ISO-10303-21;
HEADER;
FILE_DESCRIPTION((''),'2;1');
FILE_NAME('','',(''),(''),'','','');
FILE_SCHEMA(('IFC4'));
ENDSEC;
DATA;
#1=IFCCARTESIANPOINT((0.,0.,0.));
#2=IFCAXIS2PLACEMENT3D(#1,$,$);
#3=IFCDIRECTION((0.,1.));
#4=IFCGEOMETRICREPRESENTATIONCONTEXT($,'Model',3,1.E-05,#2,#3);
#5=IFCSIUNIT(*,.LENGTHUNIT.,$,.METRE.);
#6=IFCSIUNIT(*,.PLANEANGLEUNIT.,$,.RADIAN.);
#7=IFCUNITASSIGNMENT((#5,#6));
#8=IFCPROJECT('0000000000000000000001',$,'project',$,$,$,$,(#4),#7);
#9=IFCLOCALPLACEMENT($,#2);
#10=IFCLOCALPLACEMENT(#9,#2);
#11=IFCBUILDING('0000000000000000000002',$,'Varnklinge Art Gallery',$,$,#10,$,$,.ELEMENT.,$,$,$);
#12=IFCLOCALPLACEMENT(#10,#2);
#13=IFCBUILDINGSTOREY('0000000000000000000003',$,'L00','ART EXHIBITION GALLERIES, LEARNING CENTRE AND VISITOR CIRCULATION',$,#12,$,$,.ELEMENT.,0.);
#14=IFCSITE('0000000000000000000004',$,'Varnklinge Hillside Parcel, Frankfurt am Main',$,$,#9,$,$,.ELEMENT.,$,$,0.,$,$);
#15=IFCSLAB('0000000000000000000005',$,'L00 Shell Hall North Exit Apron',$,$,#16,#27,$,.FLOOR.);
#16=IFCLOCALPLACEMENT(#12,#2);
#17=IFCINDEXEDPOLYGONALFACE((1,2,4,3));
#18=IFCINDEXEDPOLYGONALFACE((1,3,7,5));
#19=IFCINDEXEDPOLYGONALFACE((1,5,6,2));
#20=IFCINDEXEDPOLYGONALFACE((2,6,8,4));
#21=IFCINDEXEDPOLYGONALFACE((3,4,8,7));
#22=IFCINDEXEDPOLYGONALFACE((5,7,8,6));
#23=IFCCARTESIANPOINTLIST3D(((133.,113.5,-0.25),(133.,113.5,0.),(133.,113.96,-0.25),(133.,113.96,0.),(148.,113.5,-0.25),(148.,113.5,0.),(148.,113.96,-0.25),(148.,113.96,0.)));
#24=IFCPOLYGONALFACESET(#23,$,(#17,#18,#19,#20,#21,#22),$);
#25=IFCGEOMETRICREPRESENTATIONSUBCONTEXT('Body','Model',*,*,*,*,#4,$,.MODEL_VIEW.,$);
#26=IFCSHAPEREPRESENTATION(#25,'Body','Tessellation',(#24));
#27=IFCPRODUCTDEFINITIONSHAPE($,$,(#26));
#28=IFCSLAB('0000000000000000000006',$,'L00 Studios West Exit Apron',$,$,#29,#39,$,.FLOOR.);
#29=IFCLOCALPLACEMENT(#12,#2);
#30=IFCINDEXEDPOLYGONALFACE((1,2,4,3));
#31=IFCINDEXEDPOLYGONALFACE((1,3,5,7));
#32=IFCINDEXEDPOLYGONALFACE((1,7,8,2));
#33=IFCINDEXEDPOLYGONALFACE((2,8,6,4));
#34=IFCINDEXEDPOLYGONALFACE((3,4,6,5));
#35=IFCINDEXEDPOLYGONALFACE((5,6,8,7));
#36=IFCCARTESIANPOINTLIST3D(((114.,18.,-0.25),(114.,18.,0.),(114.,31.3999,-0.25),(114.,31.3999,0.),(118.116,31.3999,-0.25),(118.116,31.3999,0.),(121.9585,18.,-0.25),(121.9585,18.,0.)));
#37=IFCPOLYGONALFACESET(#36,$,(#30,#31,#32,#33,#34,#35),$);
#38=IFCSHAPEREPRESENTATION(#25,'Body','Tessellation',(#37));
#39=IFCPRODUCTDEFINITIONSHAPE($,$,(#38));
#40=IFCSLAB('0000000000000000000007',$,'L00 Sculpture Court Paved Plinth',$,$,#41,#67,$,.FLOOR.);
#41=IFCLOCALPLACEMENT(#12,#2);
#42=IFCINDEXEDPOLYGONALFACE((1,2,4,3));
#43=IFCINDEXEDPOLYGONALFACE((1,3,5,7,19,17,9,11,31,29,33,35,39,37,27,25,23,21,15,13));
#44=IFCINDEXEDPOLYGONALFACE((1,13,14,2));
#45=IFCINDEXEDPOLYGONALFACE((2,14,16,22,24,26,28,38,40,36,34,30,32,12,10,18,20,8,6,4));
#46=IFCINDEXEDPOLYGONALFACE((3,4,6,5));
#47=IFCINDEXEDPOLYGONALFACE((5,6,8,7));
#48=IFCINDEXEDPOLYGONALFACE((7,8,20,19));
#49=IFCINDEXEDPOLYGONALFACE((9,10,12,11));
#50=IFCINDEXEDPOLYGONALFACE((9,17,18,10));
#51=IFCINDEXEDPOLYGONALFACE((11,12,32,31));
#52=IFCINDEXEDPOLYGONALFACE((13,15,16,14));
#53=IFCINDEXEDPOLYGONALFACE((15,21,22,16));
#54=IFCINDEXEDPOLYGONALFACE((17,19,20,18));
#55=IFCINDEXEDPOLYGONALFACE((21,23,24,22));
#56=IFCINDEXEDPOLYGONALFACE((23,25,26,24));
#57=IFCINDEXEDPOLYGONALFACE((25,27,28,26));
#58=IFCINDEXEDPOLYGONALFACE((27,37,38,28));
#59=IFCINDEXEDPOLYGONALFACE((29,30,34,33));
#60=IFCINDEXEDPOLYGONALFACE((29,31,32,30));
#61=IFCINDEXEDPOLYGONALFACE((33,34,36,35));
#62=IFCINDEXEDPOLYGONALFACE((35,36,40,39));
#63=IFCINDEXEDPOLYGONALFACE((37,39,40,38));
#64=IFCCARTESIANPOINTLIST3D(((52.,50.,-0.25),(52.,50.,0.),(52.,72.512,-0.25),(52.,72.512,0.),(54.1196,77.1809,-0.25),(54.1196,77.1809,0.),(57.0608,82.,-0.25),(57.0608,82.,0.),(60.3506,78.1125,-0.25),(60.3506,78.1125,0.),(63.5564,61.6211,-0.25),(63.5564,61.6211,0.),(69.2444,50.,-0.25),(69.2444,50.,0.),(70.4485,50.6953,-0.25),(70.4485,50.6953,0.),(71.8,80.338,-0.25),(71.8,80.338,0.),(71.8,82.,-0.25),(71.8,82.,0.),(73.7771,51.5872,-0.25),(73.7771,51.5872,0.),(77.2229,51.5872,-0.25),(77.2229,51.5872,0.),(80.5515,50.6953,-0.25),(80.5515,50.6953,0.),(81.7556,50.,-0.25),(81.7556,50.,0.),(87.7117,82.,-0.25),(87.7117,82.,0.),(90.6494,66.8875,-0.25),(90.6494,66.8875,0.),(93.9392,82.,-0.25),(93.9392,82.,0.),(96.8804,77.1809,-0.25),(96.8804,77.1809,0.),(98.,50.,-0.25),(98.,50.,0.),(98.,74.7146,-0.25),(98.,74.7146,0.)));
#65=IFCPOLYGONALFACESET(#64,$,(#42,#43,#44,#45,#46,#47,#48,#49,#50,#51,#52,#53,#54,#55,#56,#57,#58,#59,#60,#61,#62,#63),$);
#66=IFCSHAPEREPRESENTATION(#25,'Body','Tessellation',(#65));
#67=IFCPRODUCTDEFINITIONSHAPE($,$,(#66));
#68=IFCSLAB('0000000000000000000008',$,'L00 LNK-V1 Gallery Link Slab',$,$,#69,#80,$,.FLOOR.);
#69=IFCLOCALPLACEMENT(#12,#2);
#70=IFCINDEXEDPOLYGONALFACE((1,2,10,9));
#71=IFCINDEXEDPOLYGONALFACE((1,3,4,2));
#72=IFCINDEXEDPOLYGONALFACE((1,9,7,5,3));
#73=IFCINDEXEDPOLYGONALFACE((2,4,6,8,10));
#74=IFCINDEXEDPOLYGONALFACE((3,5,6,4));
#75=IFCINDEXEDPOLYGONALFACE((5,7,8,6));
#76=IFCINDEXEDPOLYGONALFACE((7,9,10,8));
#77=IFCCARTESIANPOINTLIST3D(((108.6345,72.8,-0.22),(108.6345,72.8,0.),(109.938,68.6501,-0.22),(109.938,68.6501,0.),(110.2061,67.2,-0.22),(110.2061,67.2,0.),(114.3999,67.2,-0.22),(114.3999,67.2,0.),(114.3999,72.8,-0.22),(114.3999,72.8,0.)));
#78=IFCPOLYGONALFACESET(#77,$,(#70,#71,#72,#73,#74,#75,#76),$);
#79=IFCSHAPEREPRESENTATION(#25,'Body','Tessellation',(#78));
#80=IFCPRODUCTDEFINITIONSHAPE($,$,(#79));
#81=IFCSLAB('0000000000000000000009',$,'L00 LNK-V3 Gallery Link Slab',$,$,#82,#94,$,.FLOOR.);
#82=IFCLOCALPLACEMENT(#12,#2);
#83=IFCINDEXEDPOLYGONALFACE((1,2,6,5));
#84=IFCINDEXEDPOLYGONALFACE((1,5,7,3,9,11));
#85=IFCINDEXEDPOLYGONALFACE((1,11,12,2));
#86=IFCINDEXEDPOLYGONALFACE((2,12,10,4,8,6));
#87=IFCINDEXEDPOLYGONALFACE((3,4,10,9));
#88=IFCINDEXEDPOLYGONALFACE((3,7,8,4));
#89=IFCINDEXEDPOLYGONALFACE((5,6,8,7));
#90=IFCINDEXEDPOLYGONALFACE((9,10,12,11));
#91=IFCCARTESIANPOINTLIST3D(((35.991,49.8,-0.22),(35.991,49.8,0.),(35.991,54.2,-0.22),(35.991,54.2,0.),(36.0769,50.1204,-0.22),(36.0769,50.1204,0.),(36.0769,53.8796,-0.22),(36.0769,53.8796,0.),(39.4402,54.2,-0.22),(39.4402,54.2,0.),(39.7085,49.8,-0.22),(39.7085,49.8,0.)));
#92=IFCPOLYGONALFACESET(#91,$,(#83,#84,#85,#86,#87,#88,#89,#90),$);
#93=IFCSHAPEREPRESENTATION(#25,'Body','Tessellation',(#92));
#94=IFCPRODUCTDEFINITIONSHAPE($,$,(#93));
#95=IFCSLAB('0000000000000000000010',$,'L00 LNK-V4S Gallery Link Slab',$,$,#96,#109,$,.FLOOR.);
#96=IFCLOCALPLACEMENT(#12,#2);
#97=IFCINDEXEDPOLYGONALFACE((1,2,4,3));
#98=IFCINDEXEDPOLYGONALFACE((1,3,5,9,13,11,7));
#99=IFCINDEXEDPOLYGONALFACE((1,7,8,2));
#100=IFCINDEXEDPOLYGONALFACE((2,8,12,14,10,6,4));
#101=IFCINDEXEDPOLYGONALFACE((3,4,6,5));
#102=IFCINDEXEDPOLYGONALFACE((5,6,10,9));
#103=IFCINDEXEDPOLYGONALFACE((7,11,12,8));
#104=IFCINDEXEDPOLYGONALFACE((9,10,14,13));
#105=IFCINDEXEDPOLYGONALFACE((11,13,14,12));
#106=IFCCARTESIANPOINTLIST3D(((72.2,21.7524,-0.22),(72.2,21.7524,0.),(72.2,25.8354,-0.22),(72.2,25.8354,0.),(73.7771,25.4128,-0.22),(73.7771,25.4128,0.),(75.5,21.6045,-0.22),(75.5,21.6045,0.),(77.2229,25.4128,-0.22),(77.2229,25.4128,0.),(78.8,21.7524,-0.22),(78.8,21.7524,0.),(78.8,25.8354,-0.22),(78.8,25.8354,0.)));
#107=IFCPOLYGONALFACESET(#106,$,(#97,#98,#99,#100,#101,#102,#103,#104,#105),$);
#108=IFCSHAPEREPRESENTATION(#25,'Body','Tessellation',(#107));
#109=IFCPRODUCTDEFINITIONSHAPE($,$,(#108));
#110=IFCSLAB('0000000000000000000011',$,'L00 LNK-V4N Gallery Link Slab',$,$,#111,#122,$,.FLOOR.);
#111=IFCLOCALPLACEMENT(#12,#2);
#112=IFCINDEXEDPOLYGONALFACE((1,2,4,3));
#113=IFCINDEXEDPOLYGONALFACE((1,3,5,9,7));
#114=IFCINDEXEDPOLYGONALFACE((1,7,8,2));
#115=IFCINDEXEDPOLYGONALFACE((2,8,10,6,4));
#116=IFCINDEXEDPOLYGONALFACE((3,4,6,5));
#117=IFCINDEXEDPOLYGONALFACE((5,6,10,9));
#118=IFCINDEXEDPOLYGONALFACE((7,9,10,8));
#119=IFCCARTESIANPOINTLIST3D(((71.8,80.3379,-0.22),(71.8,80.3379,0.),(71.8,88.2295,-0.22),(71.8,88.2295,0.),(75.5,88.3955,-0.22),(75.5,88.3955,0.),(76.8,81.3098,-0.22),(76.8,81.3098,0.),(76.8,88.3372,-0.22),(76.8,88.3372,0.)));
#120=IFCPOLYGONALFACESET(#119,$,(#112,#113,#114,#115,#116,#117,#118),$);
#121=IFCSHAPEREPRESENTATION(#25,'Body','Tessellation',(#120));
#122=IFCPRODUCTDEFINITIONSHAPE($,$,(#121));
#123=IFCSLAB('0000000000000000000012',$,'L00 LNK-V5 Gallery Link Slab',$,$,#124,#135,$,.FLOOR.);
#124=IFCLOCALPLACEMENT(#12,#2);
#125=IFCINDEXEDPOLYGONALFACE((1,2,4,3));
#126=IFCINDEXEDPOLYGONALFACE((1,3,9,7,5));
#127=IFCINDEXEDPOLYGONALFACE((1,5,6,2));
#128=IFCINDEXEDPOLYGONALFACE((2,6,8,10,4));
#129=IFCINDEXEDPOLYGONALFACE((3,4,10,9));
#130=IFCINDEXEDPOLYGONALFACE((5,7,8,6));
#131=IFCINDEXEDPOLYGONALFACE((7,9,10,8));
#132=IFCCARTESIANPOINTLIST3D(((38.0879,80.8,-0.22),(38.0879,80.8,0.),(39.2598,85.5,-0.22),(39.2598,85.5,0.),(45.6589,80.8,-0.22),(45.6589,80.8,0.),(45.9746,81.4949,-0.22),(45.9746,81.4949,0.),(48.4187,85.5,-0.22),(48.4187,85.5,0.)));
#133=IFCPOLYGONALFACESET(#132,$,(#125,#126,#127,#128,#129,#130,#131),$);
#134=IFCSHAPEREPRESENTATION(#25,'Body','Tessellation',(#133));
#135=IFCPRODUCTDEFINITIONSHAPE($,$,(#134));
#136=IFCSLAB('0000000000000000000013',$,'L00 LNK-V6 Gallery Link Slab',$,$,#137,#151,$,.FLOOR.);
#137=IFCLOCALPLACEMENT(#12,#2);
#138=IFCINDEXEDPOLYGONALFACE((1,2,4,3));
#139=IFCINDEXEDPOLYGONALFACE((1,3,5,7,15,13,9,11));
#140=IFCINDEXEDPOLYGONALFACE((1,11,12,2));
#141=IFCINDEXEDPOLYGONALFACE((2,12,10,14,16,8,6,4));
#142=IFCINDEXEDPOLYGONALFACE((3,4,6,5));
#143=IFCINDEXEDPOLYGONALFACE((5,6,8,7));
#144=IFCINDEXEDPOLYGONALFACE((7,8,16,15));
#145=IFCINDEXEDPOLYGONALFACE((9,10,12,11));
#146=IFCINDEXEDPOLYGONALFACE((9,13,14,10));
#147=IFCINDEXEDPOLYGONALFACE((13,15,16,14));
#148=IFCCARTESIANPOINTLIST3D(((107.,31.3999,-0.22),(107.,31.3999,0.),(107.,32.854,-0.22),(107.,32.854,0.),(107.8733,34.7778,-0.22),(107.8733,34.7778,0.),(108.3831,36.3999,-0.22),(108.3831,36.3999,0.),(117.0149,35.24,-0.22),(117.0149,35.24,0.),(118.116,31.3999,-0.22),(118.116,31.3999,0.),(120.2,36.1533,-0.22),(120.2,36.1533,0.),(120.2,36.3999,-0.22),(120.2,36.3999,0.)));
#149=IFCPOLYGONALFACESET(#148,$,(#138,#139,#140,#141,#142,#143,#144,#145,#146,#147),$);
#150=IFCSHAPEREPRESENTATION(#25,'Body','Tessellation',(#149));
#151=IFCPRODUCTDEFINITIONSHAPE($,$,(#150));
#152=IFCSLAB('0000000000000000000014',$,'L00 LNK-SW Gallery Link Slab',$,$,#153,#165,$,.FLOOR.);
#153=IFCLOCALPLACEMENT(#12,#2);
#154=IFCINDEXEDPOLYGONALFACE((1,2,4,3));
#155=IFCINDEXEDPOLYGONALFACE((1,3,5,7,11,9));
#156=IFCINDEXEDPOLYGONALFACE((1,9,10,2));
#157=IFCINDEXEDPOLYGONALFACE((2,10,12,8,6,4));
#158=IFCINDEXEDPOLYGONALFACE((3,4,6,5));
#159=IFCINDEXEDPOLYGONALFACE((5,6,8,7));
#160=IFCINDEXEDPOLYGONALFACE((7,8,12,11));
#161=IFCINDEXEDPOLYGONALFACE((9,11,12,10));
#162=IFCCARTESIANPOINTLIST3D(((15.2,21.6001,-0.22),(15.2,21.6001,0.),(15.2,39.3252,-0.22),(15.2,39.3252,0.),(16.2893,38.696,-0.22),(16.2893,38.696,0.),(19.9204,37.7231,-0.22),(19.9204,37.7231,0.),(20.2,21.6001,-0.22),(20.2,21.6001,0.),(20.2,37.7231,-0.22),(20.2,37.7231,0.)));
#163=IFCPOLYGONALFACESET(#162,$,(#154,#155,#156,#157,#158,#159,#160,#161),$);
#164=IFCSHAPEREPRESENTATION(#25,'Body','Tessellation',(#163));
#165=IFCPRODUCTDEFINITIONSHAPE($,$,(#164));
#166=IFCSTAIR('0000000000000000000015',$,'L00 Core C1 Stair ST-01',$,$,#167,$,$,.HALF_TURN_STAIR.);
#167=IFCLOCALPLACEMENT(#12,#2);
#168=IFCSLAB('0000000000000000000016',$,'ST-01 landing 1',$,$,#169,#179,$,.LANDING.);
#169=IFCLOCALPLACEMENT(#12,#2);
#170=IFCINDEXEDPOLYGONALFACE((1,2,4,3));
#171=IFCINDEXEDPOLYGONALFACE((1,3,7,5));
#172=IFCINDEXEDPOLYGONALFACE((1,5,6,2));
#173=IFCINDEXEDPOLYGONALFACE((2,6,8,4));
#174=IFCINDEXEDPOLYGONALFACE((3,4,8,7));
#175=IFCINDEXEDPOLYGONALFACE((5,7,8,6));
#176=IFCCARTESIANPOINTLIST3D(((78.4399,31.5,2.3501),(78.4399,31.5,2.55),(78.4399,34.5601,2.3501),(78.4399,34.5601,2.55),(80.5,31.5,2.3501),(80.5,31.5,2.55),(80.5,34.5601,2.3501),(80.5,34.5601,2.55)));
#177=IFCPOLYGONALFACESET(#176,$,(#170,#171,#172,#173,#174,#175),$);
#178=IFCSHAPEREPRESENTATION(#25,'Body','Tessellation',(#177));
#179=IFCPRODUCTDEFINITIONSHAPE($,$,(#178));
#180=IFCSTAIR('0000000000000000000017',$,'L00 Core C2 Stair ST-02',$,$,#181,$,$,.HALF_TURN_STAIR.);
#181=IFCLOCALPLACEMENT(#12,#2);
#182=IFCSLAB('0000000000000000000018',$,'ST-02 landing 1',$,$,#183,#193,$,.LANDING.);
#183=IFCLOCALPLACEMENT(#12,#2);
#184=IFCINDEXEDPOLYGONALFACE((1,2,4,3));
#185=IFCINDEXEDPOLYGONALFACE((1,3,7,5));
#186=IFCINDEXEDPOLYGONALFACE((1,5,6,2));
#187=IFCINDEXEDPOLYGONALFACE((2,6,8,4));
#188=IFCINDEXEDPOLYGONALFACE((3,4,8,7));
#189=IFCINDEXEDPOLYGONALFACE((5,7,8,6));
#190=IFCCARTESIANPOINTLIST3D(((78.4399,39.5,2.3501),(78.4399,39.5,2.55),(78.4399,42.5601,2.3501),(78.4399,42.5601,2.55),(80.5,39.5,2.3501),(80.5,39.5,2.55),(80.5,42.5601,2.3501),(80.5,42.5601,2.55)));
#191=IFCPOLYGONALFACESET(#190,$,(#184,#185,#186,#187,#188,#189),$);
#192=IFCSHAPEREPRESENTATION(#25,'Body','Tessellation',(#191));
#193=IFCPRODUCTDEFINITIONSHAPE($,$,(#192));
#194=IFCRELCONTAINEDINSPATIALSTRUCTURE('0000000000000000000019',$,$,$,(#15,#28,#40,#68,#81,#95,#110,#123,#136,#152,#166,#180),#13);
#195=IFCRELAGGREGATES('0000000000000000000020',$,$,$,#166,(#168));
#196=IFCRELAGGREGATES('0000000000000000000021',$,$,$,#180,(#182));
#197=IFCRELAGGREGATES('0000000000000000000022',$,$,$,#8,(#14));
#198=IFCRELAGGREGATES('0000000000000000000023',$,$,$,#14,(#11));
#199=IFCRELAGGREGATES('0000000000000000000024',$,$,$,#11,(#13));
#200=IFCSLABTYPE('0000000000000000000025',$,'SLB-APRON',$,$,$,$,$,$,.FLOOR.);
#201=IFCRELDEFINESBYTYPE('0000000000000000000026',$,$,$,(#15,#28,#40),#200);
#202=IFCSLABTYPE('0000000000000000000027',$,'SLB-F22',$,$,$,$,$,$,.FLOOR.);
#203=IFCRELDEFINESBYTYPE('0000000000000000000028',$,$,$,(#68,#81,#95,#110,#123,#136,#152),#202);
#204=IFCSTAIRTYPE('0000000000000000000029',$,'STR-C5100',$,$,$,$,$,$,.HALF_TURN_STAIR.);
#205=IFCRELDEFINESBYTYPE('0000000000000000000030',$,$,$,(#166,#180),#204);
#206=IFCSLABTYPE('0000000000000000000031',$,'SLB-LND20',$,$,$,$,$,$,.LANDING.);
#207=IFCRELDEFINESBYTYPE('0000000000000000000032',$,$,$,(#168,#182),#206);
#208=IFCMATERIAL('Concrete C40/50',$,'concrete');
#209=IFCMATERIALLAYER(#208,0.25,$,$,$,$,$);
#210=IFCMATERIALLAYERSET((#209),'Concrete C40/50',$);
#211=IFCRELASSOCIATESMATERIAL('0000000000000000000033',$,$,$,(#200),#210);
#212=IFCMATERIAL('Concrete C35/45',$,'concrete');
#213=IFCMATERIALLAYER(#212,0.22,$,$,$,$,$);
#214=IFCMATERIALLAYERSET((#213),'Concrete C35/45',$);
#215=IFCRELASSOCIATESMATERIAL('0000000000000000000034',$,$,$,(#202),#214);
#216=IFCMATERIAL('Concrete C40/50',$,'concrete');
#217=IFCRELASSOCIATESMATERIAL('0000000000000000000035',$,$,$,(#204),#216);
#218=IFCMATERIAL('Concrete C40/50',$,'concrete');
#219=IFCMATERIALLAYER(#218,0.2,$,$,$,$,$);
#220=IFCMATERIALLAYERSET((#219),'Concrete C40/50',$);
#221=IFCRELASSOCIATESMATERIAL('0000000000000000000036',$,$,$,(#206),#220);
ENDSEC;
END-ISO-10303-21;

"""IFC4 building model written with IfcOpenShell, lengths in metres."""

from ifc_helpers import new_model, si_unit, direction, frame, origin, place, context, subcontext, project, spatial, polyline, outline, extrude, material, layer, layer_set, type_object, element, aggregate, save


model = new_model("IFC4")

# Units and contexts
model_context = context("Model", 3, precision=1e-05, world=origin(), true_north=direction((0.0, 1.0)))
body_context = subcontext(model_context, "Body", "Model", "MODEL_VIEW")
ifc_project = project(units=[si_unit("LENGTHUNIT", "METRE"), si_unit("PLANEANGLEUNIT", "RADIAN")], contexts=[model_context])

# Site, building, storey
site_placement = place(None, origin())
site = spatial("IfcSite", under=ifc_project, at=site_placement, Name="Varnklinge Hillside Parcel, Frankfurt am Main", CompositionType="ELEMENT", RefElevation=0.0)
building_placement = place(site_placement, origin())
building = spatial("IfcBuilding", under=site, at=building_placement, Name="Varnklinge Art Gallery", CompositionType="ELEMENT")
storey_placement = place(building_placement, origin())
storey = spatial("IfcBuildingStorey", under=building, at=storey_placement, Name="L00", Description="ART EXHIBITION GALLERIES, LEARNING CENTRE AND VISITOR CIRCULATION", CompositionType="ELEMENT", Elevation=0.0)

# Slabs
ifc_material_1 = material(Name="Concrete C40/50", Category="concrete")
ifc_layer_1 = layer(ifc_material_1, 0.25)
ifc_layer_set_1 = layer_set([ifc_layer_1], Name="Concrete C40/50")
slab_type_1 = type_object("IfcSlabType", Name="SLB-APRON", PredefinedType="FLOOR", material=ifc_layer_set_1)
slab_1_placement = place(storey_placement, frame((0.0, 0.0, -0.25)))
element("IfcSlab", 1, at=slab_1_placement, inside=storey, type_object=slab_type_1, Name="L00 Shell Hall North Exit Apron", PredefinedType="FLOOR", context=body_context, shape_type="SweptSolid", body=[
    extrude(outline(polyline([(148.0, 113.96), (133.0, 113.96), (133.0, 113.5), (148.0, 113.5), (148.0, 113.96)])), origin(), (0.0, 0.0, 1.0), 0.25),
])
slab_2_placement = place(storey_placement, frame((0.0, 0.0, -0.25)))
element("IfcSlab", 2, at=slab_2_placement, inside=storey, type_object=slab_type_1, Name="L00 Studios West Exit Apron", PredefinedType="FLOOR", context=body_context, shape_type="SweptSolid", body=[
    extrude(outline(polyline([(114.0, 18.0), (121.9585, 18.0), (118.116, 31.3999), (114.0, 31.3999), (114.0, 18.0)])), origin(), (0.0, 0.0, 1.0), 0.25),
])
slab_3_placement = place(storey_placement, frame((0.0, 0.0, -0.25)))
element("IfcSlab", 3, at=slab_3_placement, inside=storey, type_object=slab_type_1, Name="L00 Sculpture Court Paved Plinth", PredefinedType="FLOOR", context=body_context, shape_type="SweptSolid", body=[
    extrude(outline(polyline([(52.0, 50.0), (69.2444, 50.0), (70.4485, 50.6953), (73.7771, 51.5872), (77.2229, 51.5872), (80.5515, 50.6953), (81.7556, 50.0), (98.0, 50.0), (98.0, 74.7146), (96.8804, 77.1809), (93.9392, 82.0), (87.7117, 82.0), (90.6494, 66.8875), (63.5564, 61.6211), (60.3506, 78.1125), (80.3503, 82.0), (76.8, 82.0), (76.8, 81.3098), (71.8, 80.3379), (71.8, 82.0), (57.0608, 82.0), (54.1196, 77.1809), (52.0, 72.512), (52.0, 50.0)])), origin(), (0.0, 0.0, 1.0), 0.25),
])
ifc_material_2 = material(Name="Concrete C35/45", Category="concrete")
ifc_layer_2 = layer(ifc_material_2, 0.22)
ifc_layer_set_2 = layer_set([ifc_layer_2], Name="Concrete C35/45")
slab_type_2 = type_object("IfcSlabType", Name="SLB-F22", PredefinedType="FLOOR", material=ifc_layer_set_2)
slab_4_placement = place(storey_placement, frame((0.0, 0.0, -0.22)))
element("IfcSlab", 4, at=slab_4_placement, inside=storey, type_object=slab_type_2, Name="L00 LNK-V1 Gallery Link Slab", PredefinedType="FLOOR", context=body_context, shape_type="SweptSolid", body=[
    extrude(outline(polyline([(114.3999, 67.2), (114.3999, 72.8), (108.6345, 72.8), (109.938, 68.6501), (110.2061, 67.2), (114.3999, 67.2)])), origin(), (0.0, 0.0, 1.0), 0.22),
])
slab_5_placement = place(storey_placement, frame((0.0, 0.0, -0.22)))
element("IfcSlab", 5, at=slab_5_placement, inside=storey, type_object=slab_type_2, Name="L00 LNK-V3 Gallery Link Slab", PredefinedType="FLOOR", context=body_context, shape_type="SweptSolid", body=[
    extrude(outline(polyline([(39.7085, 49.8), (39.4402, 54.2), (35.991, 54.2), (36.0769, 53.8796), (36.0769, 50.1204), (35.991, 49.8), (39.7085, 49.8)])), origin(), (0.0, 0.0, 1.0), 0.22),
])
slab_6_placement = place(storey_placement, frame((0.0, 0.0, -0.22)))
element("IfcSlab", 6, at=slab_6_placement, inside=storey, type_object=slab_type_2, Name="L00 LNK-V4S Gallery Link Slab", PredefinedType="FLOOR", context=body_context, shape_type="SweptSolid", body=[
    extrude(outline(polyline([(78.8, 21.7524), (78.8, 25.8354), (77.2229, 25.4128), (73.7771, 25.4128), (72.2, 25.8354), (72.2, 21.7524), (75.5, 21.6045), (78.8, 21.7524)])), origin(), (0.0, 0.0, 1.0), 0.22),
])
slab_7_placement = place(storey_placement, frame((0.0, 0.0, -0.22)))
element("IfcSlab", 7, at=slab_7_placement, inside=storey, type_object=slab_type_2, Name="L00 LNK-V4N Gallery Link Slab", PredefinedType="FLOOR", context=body_context, shape_type="SweptSolid", body=[
    extrude(outline(polyline([(71.8, 88.2295), (71.8, 80.3379), (76.8, 81.3098), (76.8, 88.3372), (75.5, 88.3955), (71.8, 88.2295)])), origin(), (0.0, 0.0, 1.0), 0.22),
])
slab_8_placement = place(storey_placement, frame((0.0, 0.0, -0.22)))
element("IfcSlab", 8, at=slab_8_placement, inside=storey, type_object=slab_type_2, Name="L00 LNK-V5 Gallery Link Slab", PredefinedType="FLOOR", context=body_context, shape_type="SweptSolid", body=[
    extrude(outline(polyline([(48.4187, 85.5), (39.2598, 85.5), (38.0879, 80.8), (45.6589, 80.8), (45.9746, 81.4949), (48.4187, 85.5)])), origin(), (0.0, 0.0, 1.0), 0.22),
])
slab_9_placement = place(storey_placement, frame((0.0, 0.0, -0.22)))
element("IfcSlab", 9, at=slab_9_placement, inside=storey, type_object=slab_type_2, Name="L00 LNK-V6 Gallery Link Slab", PredefinedType="FLOOR", context=body_context, shape_type="SweptSolid", body=[
    extrude(outline(polyline([(120.2, 36.1533), (120.2, 36.3999), (108.3831, 36.3999), (107.8733, 34.7778), (107.0, 32.854), (107.0, 31.3999), (118.116, 31.3999), (117.0149, 35.24), (120.2, 36.1533)])), origin(), (0.0, 0.0, 1.0), 0.22),
])
slab_10_placement = place(storey_placement, frame((0.0, 0.0, -0.22)))
element("IfcSlab", 10, at=slab_10_placement, inside=storey, type_object=slab_type_2, Name="L00 LNK-SW Gallery Link Slab", PredefinedType="FLOOR", context=body_context, shape_type="SweptSolid", body=[
    extrude(outline(polyline([(20.2, 37.7231), (19.9204, 37.7231), (16.2893, 38.696), (15.2, 39.3252), (15.2, 21.6001), (20.2, 21.6001), (20.2, 37.7231)])), origin(), (0.0, 0.0, 1.0), 0.22),
])

# Stairs, slabs
ifc_material_3 = material(Name="Concrete C40/50", Category="concrete")
stair_type = type_object("IfcStairType", Name="STR-C5100", PredefinedType="HALF_TURN_STAIR", material=ifc_material_3)
stair_1_placement = place(storey_placement, origin())
stair_1 = element("IfcStair", 11, at=stair_1_placement, inside=storey, type_object=stair_type, Name="L00 Core C1 Stair ST-01", PredefinedType="HALF_TURN_STAIR")
ifc_material_4 = material(Name="Concrete C40/50", Category="concrete")
ifc_layer_3 = layer(ifc_material_4, 0.2)
ifc_layer_set_3 = layer_set([ifc_layer_3], Name="Concrete C40/50")
slab_type_3 = type_object("IfcSlabType", Name="SLB-LND20", PredefinedType="LANDING", material=ifc_layer_set_3)
slab_11_placement = place(storey_placement, frame((0.0, 0.0, 2.3501)))
slab_11 = element("IfcSlab", 12, at=slab_11_placement, type_object=slab_type_3, Name="ST-01 landing 1", PredefinedType="LANDING", context=body_context, shape_type="SweptSolid", body=[
    extrude(outline(polyline([(78.4399, 31.5), (80.5, 31.5), (80.5, 34.5601), (78.4399, 34.5601), (78.4399, 31.5)])), origin(), (0.0, 0.0, 1.0), 0.2),
])
aggregate(stair_1, [slab_11])
stair_2_placement = place(storey_placement, origin())
stair_2 = element("IfcStair", 13, at=stair_2_placement, inside=storey, type_object=stair_type, Name="L00 Core C2 Stair ST-02", PredefinedType="HALF_TURN_STAIR")
slab_12_placement = place(storey_placement, frame((0.0, 0.0, 2.3501)))
slab_12 = element("IfcSlab", 14, at=slab_12_placement, type_object=slab_type_3, Name="ST-02 landing 1", PredefinedType="LANDING", context=body_context, shape_type="SweptSolid", body=[
    extrude(outline(polyline([(78.4399, 39.5), (80.5, 39.5), (80.5, 42.5601), (78.4399, 42.5601), (78.4399, 39.5)])), origin(), (0.0, 0.0, 1.0), 0.2),
])
aggregate(stair_2, [slab_12])

save(model, "model.ifc")
